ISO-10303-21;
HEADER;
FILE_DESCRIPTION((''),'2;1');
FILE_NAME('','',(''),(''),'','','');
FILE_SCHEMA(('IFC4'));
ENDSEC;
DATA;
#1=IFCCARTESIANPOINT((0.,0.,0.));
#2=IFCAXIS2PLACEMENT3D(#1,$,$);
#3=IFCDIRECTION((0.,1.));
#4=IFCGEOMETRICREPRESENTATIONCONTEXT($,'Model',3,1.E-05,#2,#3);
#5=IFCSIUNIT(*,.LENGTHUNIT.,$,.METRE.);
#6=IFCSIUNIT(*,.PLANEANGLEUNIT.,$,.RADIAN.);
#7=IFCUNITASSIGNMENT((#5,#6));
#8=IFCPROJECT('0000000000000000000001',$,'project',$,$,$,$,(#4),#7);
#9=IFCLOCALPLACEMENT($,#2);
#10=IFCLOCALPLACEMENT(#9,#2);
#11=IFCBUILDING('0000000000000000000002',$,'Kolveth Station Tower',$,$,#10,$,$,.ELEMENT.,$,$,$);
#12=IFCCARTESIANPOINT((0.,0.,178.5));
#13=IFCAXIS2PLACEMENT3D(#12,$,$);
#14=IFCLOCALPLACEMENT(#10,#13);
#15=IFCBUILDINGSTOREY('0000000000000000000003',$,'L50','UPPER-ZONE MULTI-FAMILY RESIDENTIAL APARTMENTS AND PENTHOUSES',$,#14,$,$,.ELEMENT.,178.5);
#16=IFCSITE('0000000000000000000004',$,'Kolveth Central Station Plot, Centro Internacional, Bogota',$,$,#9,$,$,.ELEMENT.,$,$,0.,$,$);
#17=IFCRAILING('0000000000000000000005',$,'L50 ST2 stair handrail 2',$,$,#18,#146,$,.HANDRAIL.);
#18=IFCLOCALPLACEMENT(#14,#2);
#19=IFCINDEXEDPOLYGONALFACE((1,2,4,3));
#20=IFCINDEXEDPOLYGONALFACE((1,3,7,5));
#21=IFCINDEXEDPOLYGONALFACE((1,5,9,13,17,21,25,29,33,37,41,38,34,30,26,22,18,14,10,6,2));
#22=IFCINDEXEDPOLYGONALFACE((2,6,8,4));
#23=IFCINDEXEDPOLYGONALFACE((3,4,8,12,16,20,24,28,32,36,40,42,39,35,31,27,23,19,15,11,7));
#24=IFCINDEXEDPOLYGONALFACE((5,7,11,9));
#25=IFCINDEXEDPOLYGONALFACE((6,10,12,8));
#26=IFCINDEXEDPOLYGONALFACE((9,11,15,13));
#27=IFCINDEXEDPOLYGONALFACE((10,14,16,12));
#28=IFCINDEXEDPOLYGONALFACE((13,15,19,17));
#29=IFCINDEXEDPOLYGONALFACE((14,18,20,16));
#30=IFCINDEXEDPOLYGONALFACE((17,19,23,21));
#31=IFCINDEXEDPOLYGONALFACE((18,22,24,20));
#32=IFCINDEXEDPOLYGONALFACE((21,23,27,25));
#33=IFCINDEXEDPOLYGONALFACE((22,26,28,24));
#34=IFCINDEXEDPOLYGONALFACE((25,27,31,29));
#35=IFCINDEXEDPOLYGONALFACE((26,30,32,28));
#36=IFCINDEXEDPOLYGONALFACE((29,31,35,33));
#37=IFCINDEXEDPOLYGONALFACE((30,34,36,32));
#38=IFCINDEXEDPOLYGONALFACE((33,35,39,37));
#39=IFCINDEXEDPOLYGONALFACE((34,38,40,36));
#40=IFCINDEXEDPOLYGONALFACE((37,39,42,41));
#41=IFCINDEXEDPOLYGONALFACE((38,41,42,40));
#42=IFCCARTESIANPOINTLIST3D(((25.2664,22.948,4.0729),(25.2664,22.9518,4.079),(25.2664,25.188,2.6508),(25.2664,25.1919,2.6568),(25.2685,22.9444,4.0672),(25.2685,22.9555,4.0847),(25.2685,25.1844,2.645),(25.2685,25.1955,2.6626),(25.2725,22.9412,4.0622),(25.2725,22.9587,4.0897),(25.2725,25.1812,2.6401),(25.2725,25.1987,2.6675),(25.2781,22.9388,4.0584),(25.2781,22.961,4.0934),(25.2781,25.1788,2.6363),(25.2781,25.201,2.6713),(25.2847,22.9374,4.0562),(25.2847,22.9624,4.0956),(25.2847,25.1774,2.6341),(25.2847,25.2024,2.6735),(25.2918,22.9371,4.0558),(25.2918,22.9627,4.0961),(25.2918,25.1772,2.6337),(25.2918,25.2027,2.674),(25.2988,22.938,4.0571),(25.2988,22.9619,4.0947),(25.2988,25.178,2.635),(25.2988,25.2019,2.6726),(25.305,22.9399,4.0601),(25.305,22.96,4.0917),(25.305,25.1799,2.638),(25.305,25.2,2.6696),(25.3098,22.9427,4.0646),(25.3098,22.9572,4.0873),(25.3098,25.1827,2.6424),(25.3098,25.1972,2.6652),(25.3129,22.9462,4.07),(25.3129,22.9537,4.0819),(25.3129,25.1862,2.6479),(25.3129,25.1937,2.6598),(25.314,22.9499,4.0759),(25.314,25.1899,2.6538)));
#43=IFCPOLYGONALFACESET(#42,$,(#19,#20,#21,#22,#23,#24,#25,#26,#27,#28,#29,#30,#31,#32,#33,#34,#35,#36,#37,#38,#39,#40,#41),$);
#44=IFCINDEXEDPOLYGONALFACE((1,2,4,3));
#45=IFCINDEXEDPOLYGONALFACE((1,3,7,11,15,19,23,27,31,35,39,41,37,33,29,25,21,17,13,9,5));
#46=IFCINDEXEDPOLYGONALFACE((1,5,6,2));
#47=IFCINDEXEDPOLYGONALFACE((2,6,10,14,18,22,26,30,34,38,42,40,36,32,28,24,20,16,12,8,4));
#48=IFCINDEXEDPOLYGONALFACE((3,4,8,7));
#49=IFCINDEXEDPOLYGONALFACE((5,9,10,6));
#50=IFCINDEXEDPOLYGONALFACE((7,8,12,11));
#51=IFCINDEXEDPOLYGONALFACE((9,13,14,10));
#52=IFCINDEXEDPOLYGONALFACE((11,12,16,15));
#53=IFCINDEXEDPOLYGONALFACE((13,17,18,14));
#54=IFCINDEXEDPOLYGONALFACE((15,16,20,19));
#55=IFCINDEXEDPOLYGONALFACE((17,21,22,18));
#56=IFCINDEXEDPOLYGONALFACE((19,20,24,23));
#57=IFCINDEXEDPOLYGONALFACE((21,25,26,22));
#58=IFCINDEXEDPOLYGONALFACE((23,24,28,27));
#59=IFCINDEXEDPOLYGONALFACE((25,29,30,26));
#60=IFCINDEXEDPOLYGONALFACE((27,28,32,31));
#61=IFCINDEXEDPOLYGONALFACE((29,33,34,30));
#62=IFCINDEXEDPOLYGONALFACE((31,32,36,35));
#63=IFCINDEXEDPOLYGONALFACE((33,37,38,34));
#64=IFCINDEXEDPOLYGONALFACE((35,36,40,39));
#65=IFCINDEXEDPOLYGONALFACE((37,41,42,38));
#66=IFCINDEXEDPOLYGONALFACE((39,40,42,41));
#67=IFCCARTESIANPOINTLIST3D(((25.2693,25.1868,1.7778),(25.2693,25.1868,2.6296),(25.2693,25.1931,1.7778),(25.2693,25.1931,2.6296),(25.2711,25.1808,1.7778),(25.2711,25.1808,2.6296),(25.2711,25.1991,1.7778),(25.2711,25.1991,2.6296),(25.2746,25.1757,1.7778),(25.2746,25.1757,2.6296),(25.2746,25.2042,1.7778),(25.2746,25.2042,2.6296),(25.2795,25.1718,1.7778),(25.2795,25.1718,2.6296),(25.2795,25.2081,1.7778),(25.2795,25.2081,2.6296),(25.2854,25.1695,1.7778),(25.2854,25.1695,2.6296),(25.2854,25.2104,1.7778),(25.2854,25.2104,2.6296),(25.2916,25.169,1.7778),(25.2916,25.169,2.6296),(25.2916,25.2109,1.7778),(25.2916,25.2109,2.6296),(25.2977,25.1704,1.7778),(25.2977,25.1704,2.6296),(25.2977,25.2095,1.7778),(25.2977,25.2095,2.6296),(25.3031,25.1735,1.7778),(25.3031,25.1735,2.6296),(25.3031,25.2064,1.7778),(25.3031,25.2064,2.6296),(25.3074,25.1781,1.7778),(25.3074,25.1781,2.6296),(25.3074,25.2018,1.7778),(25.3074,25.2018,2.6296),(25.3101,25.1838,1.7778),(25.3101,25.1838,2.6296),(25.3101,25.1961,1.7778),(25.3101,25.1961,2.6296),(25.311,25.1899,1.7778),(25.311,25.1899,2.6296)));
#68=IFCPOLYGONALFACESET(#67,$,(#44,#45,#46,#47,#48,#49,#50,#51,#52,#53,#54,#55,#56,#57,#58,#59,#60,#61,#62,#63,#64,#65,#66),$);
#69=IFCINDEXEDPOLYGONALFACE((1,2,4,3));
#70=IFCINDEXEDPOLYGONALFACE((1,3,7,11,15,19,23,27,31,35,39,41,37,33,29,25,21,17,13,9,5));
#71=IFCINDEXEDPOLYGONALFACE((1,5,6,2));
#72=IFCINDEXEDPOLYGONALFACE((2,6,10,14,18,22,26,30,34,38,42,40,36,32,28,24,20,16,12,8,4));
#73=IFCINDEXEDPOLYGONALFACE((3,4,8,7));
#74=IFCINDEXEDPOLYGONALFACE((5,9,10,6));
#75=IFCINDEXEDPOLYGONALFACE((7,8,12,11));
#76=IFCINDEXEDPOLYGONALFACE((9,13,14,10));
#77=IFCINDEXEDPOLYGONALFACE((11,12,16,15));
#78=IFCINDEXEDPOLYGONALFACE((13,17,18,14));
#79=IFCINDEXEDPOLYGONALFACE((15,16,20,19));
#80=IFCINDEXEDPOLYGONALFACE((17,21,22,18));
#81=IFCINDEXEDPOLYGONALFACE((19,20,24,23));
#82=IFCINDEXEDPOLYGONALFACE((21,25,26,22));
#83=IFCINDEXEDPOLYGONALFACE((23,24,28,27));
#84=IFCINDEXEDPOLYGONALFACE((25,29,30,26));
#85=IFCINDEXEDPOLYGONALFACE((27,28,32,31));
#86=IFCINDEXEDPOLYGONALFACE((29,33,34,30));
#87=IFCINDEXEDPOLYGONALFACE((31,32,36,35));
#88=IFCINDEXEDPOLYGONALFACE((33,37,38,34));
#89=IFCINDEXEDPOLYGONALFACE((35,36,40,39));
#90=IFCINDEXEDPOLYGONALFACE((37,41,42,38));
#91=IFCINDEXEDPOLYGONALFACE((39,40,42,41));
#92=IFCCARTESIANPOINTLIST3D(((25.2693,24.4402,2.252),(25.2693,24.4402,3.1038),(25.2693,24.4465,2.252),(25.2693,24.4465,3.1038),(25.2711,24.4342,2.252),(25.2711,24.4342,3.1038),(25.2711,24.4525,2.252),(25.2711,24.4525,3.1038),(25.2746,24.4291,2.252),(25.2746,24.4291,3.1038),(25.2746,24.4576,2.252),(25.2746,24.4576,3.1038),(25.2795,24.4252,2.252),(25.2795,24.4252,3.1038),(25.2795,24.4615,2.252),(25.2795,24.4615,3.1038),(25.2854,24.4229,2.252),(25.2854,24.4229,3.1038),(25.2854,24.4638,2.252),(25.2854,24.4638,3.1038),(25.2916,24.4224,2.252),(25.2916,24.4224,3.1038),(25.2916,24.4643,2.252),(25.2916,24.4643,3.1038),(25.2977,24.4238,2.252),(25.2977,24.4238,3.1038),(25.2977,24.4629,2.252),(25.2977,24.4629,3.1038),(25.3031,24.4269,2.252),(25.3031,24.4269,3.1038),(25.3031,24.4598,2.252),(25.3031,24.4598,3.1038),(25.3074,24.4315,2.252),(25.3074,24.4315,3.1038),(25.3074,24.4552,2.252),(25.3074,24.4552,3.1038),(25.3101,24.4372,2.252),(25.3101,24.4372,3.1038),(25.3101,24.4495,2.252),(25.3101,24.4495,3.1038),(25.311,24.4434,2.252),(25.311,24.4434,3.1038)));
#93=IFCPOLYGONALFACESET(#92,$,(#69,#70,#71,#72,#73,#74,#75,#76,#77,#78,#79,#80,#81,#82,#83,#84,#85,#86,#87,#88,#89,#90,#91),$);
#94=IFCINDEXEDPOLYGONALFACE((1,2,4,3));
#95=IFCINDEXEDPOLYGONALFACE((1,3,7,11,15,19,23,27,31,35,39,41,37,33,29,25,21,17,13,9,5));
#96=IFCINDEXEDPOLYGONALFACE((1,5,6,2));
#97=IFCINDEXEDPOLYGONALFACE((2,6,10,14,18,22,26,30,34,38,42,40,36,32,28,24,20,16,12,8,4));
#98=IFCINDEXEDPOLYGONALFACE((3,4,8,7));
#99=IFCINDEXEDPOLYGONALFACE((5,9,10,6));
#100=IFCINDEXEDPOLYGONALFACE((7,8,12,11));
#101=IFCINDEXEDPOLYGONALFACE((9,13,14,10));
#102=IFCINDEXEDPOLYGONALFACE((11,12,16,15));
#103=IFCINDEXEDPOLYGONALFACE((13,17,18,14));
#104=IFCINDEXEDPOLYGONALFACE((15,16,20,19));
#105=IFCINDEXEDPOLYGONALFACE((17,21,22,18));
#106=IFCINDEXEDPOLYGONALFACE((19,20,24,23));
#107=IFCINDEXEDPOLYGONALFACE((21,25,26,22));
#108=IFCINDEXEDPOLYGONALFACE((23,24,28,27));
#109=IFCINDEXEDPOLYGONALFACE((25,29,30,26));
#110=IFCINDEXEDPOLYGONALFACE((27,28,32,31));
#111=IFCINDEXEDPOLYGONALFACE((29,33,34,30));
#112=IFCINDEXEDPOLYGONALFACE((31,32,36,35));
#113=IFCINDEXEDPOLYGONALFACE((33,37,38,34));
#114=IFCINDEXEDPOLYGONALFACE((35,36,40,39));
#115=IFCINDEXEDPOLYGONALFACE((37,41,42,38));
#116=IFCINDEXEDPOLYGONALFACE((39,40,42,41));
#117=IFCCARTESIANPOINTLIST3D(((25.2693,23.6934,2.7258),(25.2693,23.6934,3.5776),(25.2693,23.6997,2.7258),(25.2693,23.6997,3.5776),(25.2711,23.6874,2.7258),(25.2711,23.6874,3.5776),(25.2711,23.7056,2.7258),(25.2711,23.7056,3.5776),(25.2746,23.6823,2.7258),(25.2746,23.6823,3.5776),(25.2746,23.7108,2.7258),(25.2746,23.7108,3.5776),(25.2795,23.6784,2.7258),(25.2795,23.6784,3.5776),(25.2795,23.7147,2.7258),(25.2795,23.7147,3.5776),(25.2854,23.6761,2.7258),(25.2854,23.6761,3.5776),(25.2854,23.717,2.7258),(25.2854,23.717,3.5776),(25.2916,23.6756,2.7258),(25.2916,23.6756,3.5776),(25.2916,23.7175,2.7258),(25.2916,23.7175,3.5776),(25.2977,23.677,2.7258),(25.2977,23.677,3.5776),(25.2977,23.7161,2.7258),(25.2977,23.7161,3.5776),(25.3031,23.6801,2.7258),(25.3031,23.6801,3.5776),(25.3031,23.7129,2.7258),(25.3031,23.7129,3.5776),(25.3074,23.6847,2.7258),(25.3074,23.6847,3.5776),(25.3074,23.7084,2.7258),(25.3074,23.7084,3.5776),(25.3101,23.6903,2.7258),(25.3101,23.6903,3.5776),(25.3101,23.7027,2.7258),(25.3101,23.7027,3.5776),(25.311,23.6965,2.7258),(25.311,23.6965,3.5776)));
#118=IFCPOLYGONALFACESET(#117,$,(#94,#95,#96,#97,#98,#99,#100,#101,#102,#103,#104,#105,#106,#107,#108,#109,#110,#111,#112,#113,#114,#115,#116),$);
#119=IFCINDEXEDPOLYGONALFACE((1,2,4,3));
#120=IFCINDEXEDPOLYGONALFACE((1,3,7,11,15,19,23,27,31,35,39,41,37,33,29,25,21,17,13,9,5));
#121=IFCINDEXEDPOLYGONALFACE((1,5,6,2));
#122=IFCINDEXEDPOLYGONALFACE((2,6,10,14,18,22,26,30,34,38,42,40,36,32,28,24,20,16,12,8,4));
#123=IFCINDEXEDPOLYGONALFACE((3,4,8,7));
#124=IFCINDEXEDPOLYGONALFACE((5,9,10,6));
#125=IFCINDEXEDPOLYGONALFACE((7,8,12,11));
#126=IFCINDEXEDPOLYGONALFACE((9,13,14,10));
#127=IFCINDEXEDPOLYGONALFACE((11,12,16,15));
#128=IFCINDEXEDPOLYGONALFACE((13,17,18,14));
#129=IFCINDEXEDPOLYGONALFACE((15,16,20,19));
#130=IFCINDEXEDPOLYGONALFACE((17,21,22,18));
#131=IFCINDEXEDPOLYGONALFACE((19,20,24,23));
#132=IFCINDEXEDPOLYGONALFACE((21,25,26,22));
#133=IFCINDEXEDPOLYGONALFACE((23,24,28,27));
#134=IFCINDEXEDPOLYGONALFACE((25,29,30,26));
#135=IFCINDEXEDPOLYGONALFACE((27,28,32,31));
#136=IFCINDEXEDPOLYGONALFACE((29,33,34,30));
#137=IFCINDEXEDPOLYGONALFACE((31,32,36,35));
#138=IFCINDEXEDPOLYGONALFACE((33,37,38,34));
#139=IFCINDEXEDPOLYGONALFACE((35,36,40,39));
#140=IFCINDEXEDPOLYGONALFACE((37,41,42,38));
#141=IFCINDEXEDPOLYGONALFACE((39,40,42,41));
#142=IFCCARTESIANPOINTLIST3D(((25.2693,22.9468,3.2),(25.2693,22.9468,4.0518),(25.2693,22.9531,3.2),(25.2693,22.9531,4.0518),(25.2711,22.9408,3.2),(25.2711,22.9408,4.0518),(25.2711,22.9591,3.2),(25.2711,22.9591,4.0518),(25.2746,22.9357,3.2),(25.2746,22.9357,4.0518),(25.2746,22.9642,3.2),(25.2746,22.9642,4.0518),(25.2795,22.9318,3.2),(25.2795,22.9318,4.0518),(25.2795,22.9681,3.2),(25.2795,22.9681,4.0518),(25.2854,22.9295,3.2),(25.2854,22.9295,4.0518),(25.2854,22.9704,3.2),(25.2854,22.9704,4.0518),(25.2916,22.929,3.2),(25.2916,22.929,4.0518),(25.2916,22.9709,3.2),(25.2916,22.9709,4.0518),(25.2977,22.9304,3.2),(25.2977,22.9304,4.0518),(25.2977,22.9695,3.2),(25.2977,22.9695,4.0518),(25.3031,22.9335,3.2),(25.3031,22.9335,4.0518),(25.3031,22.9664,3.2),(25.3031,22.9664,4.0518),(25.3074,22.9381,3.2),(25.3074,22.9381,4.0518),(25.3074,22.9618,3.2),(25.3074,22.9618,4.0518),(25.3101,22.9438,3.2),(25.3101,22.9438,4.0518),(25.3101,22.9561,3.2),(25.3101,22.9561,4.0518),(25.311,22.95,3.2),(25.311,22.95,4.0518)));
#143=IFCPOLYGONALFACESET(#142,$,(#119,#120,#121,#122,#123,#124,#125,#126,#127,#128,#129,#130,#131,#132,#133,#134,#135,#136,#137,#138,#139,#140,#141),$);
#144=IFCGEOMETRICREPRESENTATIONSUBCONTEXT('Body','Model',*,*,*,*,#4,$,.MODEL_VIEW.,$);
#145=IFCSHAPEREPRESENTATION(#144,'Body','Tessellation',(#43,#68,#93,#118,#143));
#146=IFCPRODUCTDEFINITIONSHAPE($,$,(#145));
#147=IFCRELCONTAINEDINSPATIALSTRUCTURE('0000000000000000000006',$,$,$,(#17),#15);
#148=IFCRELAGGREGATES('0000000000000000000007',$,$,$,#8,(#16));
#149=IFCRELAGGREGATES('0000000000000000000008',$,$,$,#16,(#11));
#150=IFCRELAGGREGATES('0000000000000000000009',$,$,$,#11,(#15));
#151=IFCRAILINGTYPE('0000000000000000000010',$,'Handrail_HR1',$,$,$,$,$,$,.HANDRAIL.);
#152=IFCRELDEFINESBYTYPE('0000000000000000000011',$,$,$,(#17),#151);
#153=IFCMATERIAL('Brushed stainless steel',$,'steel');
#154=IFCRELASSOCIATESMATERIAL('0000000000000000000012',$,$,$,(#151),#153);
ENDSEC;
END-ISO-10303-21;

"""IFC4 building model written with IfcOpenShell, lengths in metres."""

from ifc_helpers import new_model, si_unit, direction, frame, origin, origin_2d, place, context, subcontext, project, spatial, circle, extrude, material, type_object, element, save


model = new_model("IFC4")

# Units and contexts
model_context = context("Model", 3, precision=1e-05, world=origin(), true_north=direction((0.0, 1.0)))
body_context = subcontext(model_context, "Body", "Model", "MODEL_VIEW")
ifc_project = project(units=[si_unit("LENGTHUNIT", "METRE"), si_unit("PLANEANGLEUNIT", "RADIAN")], contexts=[model_context])

# Site, building, storey
site_placement = place(None, origin())
site = spatial("IfcSite", under=ifc_project, at=site_placement, Name="Kolveth Central Station Plot, Centro Internacional, Bogota", CompositionType="ELEMENT", RefElevation=0.0)
building_placement = place(site_placement, origin())
building = spatial("IfcBuilding", under=site, at=building_placement, Name="Kolveth Station Tower", CompositionType="ELEMENT")
storey_placement = place(building_placement, frame((0.0, 0.0, 178.5)))
storey = spatial("IfcBuildingStorey", under=building, at=storey_placement, Name="L50", Description="UPPER-ZONE MULTI-FAMILY RESIDENTIAL APARTMENTS AND PENTHOUSES", CompositionType="ELEMENT", Elevation=178.5)

# Railing
ifc_material_1 = material(Name="Brushed stainless steel", Category="steel")
railing_type_1 = type_object("IfcRailingType", Name="Handrail_HR1", PredefinedType="HANDRAIL", material=ifc_material_1)
railing_1_placement = place(storey_placement, frame((25.29, 25.1899, 1.7778)))
element("IfcRailing", 1, at=railing_1_placement, inside=storey, type_object=railing_type_1, Name="L50 ST2 stair handrail 2", PredefinedType="HANDRAIL", context=body_context, shape_type="SweptSolid", body=[
    extrude(circle(Radius=0.0239, at=origin_2d()), frame((0.0, 0.0, 0.876), z_axis=(0.0, -0.844229, 0.535982), x_axis=(1.0, 0.0, 0.0)), (0.0, 0.0, 1.0), 2.6533),
    extrude(circle(Radius=0.021, at=origin_2d()), origin(), (0.0, 0.0, 1.0), 0.8518),
    extrude(circle(Radius=0.021, at=origin_2d()), frame((0.0, -0.7466, 0.4741)), (0.0, 0.0, 1.0), 0.8518),
    extrude(circle(Radius=0.021, at=origin_2d()), frame((0.0, -1.4934, 0.948)), (0.0, 0.0, 1.0), 0.8518),
    extrude(circle(Radius=0.021, at=origin_2d()), frame((0.0, -2.24, 1.4221)), (0.0, 0.0, 1.0), 0.8518),
])

save(model, "model.ifc")
